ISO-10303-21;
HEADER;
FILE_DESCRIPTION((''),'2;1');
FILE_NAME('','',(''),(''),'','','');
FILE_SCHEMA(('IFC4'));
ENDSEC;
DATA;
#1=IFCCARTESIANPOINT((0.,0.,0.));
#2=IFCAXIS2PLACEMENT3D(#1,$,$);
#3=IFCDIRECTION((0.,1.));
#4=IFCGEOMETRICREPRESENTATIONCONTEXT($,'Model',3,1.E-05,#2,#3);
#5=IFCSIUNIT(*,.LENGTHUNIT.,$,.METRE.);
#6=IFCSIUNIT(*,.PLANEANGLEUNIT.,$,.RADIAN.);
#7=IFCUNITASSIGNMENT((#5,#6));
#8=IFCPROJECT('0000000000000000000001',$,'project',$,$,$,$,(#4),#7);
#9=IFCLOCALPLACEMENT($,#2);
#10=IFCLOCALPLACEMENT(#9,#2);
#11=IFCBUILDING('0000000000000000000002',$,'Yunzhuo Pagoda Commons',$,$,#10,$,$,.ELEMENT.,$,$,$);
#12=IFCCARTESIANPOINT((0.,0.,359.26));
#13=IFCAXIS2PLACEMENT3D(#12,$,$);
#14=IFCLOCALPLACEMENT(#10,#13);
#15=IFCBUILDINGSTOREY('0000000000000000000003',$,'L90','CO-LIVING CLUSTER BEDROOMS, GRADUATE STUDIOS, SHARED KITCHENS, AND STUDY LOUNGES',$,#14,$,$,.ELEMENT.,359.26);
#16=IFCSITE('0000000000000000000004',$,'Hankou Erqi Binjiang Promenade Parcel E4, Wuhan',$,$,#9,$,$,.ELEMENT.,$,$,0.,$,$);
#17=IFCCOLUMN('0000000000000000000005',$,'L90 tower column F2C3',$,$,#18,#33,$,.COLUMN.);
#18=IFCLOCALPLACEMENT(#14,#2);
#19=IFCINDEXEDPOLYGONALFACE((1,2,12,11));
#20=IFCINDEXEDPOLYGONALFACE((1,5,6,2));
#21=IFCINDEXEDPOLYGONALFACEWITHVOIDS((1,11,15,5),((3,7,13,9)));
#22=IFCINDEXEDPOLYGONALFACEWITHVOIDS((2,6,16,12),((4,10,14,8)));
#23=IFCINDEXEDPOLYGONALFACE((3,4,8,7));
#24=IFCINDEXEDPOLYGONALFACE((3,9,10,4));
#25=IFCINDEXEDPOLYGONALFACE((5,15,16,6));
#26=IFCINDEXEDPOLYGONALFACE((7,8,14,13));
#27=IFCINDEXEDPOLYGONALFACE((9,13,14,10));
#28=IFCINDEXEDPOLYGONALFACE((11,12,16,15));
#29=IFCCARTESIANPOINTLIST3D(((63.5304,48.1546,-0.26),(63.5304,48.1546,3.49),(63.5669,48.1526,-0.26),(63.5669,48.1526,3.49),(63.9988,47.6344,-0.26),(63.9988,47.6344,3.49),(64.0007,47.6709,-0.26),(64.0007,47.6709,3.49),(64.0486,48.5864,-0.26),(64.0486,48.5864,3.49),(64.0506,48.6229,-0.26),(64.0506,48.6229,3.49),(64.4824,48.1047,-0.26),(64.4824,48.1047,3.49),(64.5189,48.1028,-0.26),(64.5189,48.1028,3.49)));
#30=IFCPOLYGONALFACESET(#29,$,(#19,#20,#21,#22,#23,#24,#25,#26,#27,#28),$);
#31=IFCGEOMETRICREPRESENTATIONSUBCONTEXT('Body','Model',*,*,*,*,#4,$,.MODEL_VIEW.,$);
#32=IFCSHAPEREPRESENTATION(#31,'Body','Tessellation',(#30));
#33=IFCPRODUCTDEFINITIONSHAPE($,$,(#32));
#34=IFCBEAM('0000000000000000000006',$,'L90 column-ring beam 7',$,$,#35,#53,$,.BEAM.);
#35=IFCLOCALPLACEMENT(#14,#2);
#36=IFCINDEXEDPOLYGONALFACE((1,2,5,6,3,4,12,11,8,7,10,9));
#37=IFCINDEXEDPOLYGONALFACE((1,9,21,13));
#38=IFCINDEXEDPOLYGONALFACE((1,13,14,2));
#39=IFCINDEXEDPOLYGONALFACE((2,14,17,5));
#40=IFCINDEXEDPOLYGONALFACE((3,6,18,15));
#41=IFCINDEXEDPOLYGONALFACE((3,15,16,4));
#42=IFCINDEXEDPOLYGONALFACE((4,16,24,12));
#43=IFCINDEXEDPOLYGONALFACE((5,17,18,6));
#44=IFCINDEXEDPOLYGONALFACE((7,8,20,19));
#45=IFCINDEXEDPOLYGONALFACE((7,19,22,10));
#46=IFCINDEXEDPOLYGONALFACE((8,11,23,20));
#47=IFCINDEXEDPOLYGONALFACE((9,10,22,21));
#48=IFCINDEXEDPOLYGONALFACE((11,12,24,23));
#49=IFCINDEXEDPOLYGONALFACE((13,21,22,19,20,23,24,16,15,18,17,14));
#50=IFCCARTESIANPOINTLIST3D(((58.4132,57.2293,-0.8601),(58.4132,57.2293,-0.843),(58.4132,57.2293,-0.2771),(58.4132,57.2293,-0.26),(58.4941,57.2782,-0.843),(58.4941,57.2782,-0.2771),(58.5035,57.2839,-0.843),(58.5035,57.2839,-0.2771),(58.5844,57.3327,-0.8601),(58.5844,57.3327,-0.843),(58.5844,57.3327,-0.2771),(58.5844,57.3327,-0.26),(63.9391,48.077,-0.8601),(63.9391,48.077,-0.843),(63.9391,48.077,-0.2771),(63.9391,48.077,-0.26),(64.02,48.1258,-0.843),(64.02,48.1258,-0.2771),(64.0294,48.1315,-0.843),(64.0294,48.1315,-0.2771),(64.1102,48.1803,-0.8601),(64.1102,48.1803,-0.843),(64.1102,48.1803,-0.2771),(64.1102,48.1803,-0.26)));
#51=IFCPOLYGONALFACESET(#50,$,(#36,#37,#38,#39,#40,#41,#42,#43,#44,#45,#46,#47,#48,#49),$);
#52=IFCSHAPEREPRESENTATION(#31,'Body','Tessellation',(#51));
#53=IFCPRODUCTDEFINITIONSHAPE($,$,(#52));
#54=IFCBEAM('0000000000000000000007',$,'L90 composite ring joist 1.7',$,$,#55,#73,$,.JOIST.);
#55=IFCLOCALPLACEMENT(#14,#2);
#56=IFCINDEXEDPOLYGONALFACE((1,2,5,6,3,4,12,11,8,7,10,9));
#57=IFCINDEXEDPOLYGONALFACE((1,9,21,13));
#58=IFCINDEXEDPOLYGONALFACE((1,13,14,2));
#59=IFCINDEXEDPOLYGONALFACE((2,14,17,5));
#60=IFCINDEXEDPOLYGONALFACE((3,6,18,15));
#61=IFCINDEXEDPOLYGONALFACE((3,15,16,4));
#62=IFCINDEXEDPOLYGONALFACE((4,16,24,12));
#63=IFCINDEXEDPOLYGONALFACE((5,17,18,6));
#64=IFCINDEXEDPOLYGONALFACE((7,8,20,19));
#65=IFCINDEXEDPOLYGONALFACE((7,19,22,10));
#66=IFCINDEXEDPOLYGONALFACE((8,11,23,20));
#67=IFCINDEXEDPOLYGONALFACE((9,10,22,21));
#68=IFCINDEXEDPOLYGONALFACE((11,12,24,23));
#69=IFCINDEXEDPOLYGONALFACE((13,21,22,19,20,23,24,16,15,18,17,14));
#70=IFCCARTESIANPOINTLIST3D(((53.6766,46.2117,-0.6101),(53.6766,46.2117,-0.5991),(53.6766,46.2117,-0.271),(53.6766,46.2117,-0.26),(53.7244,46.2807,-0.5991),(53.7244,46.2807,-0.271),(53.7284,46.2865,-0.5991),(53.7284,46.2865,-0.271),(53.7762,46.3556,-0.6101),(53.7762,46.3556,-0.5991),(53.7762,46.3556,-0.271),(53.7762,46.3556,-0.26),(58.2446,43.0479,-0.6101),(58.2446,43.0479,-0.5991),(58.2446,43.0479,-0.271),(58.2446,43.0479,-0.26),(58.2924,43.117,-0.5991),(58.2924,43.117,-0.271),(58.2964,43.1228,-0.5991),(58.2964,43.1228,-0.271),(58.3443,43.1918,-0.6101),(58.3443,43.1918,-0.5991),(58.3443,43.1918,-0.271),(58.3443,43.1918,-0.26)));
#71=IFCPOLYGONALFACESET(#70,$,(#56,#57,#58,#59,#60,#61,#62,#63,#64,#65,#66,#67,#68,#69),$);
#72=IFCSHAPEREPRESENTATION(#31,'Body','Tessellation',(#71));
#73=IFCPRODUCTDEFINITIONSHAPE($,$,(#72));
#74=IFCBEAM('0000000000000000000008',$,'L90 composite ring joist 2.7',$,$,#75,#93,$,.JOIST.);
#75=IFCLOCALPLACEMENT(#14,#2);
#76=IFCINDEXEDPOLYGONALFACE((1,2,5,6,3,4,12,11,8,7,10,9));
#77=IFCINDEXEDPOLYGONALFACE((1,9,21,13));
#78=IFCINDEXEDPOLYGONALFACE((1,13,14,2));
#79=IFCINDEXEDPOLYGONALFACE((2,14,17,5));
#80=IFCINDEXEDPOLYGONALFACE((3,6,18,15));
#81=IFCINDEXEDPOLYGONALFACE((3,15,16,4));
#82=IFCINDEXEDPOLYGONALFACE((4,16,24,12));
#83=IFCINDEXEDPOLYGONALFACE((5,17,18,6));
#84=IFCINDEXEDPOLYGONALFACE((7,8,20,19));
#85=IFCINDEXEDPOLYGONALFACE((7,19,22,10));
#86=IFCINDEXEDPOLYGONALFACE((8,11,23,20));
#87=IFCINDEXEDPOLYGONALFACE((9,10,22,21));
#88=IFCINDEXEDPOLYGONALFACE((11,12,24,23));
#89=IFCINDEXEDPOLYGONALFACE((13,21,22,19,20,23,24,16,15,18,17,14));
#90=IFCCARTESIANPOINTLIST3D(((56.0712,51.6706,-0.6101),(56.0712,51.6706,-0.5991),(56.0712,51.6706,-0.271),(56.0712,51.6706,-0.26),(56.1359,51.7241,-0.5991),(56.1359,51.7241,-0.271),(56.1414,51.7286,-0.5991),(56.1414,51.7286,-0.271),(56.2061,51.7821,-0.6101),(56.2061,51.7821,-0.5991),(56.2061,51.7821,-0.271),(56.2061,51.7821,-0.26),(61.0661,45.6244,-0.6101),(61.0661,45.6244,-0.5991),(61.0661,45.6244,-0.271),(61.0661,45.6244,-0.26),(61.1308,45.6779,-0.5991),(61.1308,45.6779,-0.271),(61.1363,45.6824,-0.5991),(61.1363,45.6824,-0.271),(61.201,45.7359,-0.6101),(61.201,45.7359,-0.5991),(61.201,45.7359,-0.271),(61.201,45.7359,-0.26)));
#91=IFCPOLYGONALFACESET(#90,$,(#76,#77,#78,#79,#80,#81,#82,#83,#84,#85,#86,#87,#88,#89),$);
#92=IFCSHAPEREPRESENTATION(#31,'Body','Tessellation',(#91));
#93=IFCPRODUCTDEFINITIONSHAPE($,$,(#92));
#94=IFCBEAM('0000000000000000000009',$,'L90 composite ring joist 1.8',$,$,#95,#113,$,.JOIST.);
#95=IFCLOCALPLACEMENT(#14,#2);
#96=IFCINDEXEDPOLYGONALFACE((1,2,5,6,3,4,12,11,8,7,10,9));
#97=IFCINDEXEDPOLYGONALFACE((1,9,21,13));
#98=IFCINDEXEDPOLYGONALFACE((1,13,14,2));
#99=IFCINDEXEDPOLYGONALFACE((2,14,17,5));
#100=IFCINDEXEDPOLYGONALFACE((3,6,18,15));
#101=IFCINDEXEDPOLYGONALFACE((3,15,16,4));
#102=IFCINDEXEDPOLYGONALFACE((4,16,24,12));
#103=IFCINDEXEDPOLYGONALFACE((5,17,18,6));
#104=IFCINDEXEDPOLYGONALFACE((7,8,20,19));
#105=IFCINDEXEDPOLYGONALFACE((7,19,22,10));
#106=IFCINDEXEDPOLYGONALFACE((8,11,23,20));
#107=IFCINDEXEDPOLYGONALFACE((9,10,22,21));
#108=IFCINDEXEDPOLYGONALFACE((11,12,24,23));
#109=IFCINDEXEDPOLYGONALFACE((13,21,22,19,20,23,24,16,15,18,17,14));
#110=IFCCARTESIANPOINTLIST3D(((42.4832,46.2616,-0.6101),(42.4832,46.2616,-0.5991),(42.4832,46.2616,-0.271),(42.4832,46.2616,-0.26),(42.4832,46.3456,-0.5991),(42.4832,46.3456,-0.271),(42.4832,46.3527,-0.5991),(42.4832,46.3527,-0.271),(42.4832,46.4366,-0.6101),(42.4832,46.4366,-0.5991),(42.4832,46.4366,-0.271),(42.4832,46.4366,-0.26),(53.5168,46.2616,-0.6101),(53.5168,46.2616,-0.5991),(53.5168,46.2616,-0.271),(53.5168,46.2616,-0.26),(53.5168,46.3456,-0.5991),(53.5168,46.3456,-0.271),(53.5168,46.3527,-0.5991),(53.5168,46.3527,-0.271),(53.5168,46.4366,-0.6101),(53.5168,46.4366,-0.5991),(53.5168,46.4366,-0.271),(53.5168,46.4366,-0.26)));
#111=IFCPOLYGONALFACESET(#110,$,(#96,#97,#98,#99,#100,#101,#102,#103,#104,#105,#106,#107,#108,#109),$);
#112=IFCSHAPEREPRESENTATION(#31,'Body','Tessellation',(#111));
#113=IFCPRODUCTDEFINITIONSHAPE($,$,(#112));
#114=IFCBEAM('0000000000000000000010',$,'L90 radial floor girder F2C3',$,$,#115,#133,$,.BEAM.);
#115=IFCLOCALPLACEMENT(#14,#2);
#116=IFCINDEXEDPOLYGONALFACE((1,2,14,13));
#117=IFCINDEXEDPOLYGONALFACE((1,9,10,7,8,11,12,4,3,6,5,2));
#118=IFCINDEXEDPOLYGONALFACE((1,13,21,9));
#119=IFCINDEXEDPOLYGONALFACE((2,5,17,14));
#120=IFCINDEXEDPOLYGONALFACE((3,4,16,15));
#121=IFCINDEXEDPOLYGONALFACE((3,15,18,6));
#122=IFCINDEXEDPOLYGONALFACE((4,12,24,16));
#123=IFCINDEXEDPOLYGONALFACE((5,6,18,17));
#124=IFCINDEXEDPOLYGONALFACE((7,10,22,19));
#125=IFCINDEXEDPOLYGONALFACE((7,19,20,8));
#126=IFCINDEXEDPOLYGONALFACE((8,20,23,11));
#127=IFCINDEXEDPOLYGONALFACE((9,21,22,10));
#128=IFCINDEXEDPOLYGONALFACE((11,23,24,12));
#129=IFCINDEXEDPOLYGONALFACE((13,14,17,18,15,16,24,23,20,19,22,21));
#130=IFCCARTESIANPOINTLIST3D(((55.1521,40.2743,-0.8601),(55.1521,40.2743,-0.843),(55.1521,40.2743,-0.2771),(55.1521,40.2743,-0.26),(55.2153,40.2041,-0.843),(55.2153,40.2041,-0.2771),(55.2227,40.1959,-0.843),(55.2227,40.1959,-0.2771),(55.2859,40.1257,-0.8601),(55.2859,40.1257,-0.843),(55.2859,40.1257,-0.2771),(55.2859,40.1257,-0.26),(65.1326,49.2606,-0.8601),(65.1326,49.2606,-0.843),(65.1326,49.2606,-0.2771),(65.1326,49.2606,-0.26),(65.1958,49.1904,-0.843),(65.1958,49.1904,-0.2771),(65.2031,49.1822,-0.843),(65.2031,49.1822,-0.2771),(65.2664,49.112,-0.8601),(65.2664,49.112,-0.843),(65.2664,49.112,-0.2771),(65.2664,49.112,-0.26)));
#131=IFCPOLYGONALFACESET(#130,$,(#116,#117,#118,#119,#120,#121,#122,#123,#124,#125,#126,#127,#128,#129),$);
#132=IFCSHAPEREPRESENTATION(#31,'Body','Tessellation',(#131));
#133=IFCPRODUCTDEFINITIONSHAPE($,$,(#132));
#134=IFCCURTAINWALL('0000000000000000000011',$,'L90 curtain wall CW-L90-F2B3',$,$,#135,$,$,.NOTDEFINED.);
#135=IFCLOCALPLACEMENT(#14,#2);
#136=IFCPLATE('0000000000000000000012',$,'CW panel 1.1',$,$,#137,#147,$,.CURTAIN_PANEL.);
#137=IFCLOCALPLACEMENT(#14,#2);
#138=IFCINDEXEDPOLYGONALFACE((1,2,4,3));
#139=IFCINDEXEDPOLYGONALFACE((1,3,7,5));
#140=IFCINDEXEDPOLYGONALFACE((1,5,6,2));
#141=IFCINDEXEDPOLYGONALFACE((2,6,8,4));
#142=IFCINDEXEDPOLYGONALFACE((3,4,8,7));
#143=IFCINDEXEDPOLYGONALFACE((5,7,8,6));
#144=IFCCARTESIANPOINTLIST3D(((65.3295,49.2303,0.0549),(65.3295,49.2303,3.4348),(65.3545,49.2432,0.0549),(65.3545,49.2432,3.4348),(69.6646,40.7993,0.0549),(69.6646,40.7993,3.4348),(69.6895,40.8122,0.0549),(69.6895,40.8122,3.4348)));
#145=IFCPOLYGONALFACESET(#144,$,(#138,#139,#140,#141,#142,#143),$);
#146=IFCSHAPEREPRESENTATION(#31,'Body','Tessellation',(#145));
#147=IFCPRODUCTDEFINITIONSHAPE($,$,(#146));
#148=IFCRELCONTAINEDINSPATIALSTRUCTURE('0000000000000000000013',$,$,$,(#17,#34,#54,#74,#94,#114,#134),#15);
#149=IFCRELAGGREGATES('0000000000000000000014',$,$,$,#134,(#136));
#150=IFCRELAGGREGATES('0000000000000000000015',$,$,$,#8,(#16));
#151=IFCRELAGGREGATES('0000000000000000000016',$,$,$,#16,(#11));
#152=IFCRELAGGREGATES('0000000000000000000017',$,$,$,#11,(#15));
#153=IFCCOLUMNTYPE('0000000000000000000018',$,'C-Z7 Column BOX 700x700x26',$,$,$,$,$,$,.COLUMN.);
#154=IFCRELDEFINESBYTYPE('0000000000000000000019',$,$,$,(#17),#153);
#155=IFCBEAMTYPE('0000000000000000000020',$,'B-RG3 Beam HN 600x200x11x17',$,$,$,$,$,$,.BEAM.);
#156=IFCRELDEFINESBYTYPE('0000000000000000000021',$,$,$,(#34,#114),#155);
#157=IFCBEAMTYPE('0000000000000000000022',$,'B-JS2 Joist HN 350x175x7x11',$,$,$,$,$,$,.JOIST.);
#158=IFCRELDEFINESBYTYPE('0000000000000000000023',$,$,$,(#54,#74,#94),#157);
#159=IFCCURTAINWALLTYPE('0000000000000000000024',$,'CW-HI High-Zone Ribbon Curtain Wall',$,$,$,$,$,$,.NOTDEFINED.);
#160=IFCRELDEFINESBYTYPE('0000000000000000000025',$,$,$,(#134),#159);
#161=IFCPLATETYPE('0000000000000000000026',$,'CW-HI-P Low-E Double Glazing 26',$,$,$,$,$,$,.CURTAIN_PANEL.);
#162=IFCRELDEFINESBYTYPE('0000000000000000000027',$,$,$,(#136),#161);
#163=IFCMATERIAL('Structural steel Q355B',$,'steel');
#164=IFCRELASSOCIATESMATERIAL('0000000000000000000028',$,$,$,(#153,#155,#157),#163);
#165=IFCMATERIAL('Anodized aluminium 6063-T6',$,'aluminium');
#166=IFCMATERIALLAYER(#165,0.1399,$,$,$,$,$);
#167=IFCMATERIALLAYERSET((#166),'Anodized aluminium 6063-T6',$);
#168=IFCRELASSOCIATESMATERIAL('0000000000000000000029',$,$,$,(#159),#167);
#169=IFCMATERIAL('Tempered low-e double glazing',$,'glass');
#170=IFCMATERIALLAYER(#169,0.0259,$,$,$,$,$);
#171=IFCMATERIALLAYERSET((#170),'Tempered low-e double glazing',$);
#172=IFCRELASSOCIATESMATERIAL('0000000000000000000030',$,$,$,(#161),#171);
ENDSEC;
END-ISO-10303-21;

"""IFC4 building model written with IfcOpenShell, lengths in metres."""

from ifc_helpers import new_model, si_unit, direction, frame, origin, origin_2d, place, context, subcontext, project, spatial, rectangle, hollow_rectangle, i_section, extrude, source, transform, mapped, material, layer, layer_set, material_profile, profile_set, type_object, element, aggregate, save


model = new_model("IFC4")

# Units and contexts
model_context = context("Model", 3, precision=1e-05, world=origin(), true_north=direction((0.0, 1.0)))
body_context = subcontext(model_context, "Body", "Model", "MODEL_VIEW")
ifc_project = project(units=[si_unit("LENGTHUNIT", "METRE"), si_unit("PLANEANGLEUNIT", "RADIAN")], contexts=[model_context])

# Site, building, storey
site_placement = place(None, origin())
site = spatial("IfcSite", under=ifc_project, at=site_placement, Name="Hankou Erqi Binjiang Promenade Parcel E4, Wuhan", CompositionType="ELEMENT", RefElevation=0.0)
building_placement = place(site_placement, origin())
building = spatial("IfcBuilding", under=site, at=building_placement, Name="Yunzhuo Pagoda Commons", CompositionType="ELEMENT")
storey_placement = place(building_placement, frame((0.0, 0.0, 359.26)))
storey = spatial("IfcBuildingStorey", under=building, at=storey_placement, Name="L90", Description="CO-LIVING CLUSTER BEDROOMS, GRADUATE STUDIOS, SHARED KITCHENS, AND STUDY LOUNGES", CompositionType="ELEMENT", Elevation=359.26)

# Column
ifc_material_1 = material(Name="Structural steel Q355B", Category="steel")
ifc_material_profile_1 = material_profile(ifc_material_1, hollow_rectangle(XDim=0.7, YDim=0.7, WallThickness=0.0259, at=origin_2d()), Name="Structural steel Q355B")
ifc_profile_set_1 = profile_set([ifc_material_profile_1], Name="Structural steel Q355B")
column_type = type_object("IfcColumnType", Name="C-Z7 Column BOX 700x700x26", PredefinedType="COLUMN", material=ifc_profile_set_1)
shared_shape_1 = source(origin(), body_context, "Body", "SweptSolid", [
    extrude(hollow_rectangle(XDim=0.7, YDim=0.7, WallThickness=0.0259, at=origin_2d()), origin(), (0.0, 0.0, 1.0), 3.75),
])
column_placement = place(storey_placement, frame((64.0247, 48.1287, -0.26), z_axis=(0.0, 0.0, 1.0), x_axis=(-0.669131, 0.743145, 0.0)))
element("IfcColumn", 1, at=column_placement, inside=storey, type_object=column_type, Name="L90 tower column F2C3", PredefinedType="COLUMN", context=body_context, shape_type="MappedRepresentation", body=[
    mapped(shared_shape_1, transform((0.0, 0.0, 0.0), scale=1.0)),
])

# Beams
ifc_material_profile_2 = material_profile(ifc_material_1, i_section(OverallWidth=0.2, OverallDepth=0.6001, WebThickness=0.011, FlangeThickness=0.0171, at=origin_2d()), Name="Structural steel Q355B")
ifc_profile_set_2 = profile_set([ifc_material_profile_2], Name="Structural steel Q355B")
beam_type_1 = type_object("IfcBeamType", Name="B-RG3 Beam HN 600x200x11x17", PredefinedType="BEAM", material=ifc_profile_set_2)
shared_shape_2 = source(origin(), body_context, "Body", "SweptSolid", [
    extrude(i_section(OverallWidth=0.2, OverallDepth=0.6001, WebThickness=0.011, FlangeThickness=0.0171, at=origin_2d()), origin(), (0.0, 0.0, 1.0), 10.6912),
])
beam_1_placement = place(storey_placement, frame((64.0247, 48.1287, -0.5601), z_axis=(-0.516865, 0.856067, 0.0), x_axis=(-0.856067, -0.516865, 0.0)))
element("IfcBeam", 2, at=beam_1_placement, inside=storey, type_object=beam_type_1, Name="L90 column-ring beam 7", PredefinedType="BEAM", context=body_context, shape_type="MappedRepresentation", body=[
    mapped(shared_shape_2, transform((0.0, 0.0, 0.0), scale=1.0)),
])
ifc_material_profile_3 = material_profile(ifc_material_1, i_section(OverallWidth=0.175, OverallDepth=0.3501, WebThickness=0.0071, FlangeThickness=0.011, at=origin_2d()), Name="Structural steel Q355B")
ifc_profile_set_3 = profile_set([ifc_material_profile_3], Name="Structural steel Q355B")
beam_type_2 = type_object("IfcBeamType", Name="B-JS2 Joist HN 350x175x7x11", PredefinedType="JOIST", material=ifc_profile_set_3)
shared_shape_3 = source(origin(), body_context, "Body", "SweptSolid", [
    extrude(i_section(OverallWidth=0.175, OverallDepth=0.3501, WebThickness=0.0071, FlangeThickness=0.011, at=origin_2d()), origin(), (0.0, 0.0, 1.0), 5.5566),
])
beam_2_placement = place(storey_placement, frame((58.2944, 43.1199, -0.4351), z_axis=(-0.822085, 0.569365, 0.0), x_axis=(-0.569365, -0.822085, 0.0)))
element("IfcBeam", 3, at=beam_2_placement, inside=storey, type_object=beam_type_2, Name="L90 composite ring joist 1.7", PredefinedType="JOIST", context=body_context, shape_type="MappedRepresentation", body=[
    mapped(shared_shape_3, transform((0.0, 0.0, 0.0), scale=1.0)),
])
shared_shape_4 = source(origin(), body_context, "Body", "SweptSolid", [
    extrude(i_section(OverallWidth=0.175, OverallDepth=0.3501, WebThickness=0.0071, FlangeThickness=0.011, at=origin_2d()), origin(), (0.0, 0.0, 1.0), 7.8425),
])
beam_3_placement = place(storey_placement, frame((61.1335, 45.6802, -0.4351), z_axis=(-0.636899, 0.770947, 0.0), x_axis=(-0.770947, -0.636899, 0.0)))
element("IfcBeam", 4, at=beam_3_placement, inside=storey, type_object=beam_type_2, Name="L90 composite ring joist 2.7", PredefinedType="JOIST", context=body_context, shape_type="MappedRepresentation", body=[
    mapped(shared_shape_4, transform((0.0, 0.0, 0.0), scale=1.0)),
])
shared_shape_5 = source(origin(), body_context, "Body", "SweptSolid", [
    extrude(i_section(OverallWidth=0.175, OverallDepth=0.3501, WebThickness=0.0071, FlangeThickness=0.011, at=origin_2d()), origin(), (0.0, 0.0, 1.0), 11.0337),
])
beam_4_placement = place(storey_placement, frame((53.5168, 46.3491, -0.4351), z_axis=(-1.0, 0.0, 0.0), x_axis=(0.0, -1.0, 0.0)))
element("IfcBeam", 5, at=beam_4_placement, inside=storey, type_object=beam_type_2, Name="L90 composite ring joist 1.8", PredefinedType="JOIST", context=body_context, shape_type="MappedRepresentation", body=[
    mapped(shared_shape_5, transform((0.0, 0.0, 0.0), scale=1.0)),
])
shared_shape_6 = source(origin(), body_context, "Body", "SweptSolid", [
    extrude(i_section(OverallWidth=0.2, OverallDepth=0.6001, WebThickness=0.011, FlangeThickness=0.0171, at=origin_2d()), origin(), (0.0, 0.0, 1.0), 13.4299),
])
beam_5_placement = place(storey_placement, frame((65.1995, 49.1863, -0.5601), z_axis=(-0.74315, -0.669125, 0.0), x_axis=(0.669125, -0.74315, 0.0)))
element("IfcBeam", 6, at=beam_5_placement, inside=storey, type_object=beam_type_1, Name="L90 radial floor girder F2C3", PredefinedType="BEAM", context=body_context, shape_type="MappedRepresentation", body=[
    mapped(shared_shape_6, transform((0.0, 0.0, 0.0), scale=1.0)),
])

# Curtain wall, plate
ifc_material_2 = material(Name="Anodized aluminium 6063-T6", Category="aluminium")
ifc_layer_1 = layer(ifc_material_2, 0.1399)
ifc_layer_set_1 = layer_set([ifc_layer_1], Name="Anodized aluminium 6063-T6")
curtain_wall_type = type_object("IfcCurtainWallType", Name="CW-HI High-Zone Ribbon Curtain Wall", PredefinedType="NOTDEFINED", material=ifc_layer_set_1)
curtain_wall_placement = place(storey_placement, origin())
curtain_wall = element("IfcCurtainWall", 7, at=curtain_wall_placement, inside=storey, type_object=curtain_wall_type, Name="L90 curtain wall CW-L90-F2B3", PredefinedType="NOTDEFINED")
ifc_material_3 = material(Name="Tempered low-e double glazing", Category="glass")
ifc_layer_2 = layer(ifc_material_3, 0.0259)
ifc_layer_set_2 = layer_set([ifc_layer_2], Name="Tempered low-e double glazing")
plate_type = type_object("IfcPlateType", Name="CW-HI-P Low-E Double Glazing 26", PredefinedType="CURTAIN_PANEL", material=ifc_layer_set_2)
shared_shape_7 = source(origin(), body_context, "Body", "SweptSolid", [
    extrude(rectangle(XDim=9.4802, YDim=0.0281, at=origin_2d()), origin(), (0.0, 0.0, 1.0), 3.3799),
])
plate_placement = place(storey_placement, frame((67.5095, 45.0212, 0.0549), z_axis=(0.0, 0.0, 1.0), x_axis=(-0.457276, 0.889325, 0.0)))
plate = element("IfcPlate", 8, at=plate_placement, type_object=plate_type, Name="CW panel 1.1", PredefinedType="CURTAIN_PANEL", context=body_context, shape_type="MappedRepresentation", body=[
    mapped(shared_shape_7, transform((0.0, 0.0, 0.0), scale=1.0)),
])
aggregate(curtain_wall, [plate])

save(model, "model.ifc")
